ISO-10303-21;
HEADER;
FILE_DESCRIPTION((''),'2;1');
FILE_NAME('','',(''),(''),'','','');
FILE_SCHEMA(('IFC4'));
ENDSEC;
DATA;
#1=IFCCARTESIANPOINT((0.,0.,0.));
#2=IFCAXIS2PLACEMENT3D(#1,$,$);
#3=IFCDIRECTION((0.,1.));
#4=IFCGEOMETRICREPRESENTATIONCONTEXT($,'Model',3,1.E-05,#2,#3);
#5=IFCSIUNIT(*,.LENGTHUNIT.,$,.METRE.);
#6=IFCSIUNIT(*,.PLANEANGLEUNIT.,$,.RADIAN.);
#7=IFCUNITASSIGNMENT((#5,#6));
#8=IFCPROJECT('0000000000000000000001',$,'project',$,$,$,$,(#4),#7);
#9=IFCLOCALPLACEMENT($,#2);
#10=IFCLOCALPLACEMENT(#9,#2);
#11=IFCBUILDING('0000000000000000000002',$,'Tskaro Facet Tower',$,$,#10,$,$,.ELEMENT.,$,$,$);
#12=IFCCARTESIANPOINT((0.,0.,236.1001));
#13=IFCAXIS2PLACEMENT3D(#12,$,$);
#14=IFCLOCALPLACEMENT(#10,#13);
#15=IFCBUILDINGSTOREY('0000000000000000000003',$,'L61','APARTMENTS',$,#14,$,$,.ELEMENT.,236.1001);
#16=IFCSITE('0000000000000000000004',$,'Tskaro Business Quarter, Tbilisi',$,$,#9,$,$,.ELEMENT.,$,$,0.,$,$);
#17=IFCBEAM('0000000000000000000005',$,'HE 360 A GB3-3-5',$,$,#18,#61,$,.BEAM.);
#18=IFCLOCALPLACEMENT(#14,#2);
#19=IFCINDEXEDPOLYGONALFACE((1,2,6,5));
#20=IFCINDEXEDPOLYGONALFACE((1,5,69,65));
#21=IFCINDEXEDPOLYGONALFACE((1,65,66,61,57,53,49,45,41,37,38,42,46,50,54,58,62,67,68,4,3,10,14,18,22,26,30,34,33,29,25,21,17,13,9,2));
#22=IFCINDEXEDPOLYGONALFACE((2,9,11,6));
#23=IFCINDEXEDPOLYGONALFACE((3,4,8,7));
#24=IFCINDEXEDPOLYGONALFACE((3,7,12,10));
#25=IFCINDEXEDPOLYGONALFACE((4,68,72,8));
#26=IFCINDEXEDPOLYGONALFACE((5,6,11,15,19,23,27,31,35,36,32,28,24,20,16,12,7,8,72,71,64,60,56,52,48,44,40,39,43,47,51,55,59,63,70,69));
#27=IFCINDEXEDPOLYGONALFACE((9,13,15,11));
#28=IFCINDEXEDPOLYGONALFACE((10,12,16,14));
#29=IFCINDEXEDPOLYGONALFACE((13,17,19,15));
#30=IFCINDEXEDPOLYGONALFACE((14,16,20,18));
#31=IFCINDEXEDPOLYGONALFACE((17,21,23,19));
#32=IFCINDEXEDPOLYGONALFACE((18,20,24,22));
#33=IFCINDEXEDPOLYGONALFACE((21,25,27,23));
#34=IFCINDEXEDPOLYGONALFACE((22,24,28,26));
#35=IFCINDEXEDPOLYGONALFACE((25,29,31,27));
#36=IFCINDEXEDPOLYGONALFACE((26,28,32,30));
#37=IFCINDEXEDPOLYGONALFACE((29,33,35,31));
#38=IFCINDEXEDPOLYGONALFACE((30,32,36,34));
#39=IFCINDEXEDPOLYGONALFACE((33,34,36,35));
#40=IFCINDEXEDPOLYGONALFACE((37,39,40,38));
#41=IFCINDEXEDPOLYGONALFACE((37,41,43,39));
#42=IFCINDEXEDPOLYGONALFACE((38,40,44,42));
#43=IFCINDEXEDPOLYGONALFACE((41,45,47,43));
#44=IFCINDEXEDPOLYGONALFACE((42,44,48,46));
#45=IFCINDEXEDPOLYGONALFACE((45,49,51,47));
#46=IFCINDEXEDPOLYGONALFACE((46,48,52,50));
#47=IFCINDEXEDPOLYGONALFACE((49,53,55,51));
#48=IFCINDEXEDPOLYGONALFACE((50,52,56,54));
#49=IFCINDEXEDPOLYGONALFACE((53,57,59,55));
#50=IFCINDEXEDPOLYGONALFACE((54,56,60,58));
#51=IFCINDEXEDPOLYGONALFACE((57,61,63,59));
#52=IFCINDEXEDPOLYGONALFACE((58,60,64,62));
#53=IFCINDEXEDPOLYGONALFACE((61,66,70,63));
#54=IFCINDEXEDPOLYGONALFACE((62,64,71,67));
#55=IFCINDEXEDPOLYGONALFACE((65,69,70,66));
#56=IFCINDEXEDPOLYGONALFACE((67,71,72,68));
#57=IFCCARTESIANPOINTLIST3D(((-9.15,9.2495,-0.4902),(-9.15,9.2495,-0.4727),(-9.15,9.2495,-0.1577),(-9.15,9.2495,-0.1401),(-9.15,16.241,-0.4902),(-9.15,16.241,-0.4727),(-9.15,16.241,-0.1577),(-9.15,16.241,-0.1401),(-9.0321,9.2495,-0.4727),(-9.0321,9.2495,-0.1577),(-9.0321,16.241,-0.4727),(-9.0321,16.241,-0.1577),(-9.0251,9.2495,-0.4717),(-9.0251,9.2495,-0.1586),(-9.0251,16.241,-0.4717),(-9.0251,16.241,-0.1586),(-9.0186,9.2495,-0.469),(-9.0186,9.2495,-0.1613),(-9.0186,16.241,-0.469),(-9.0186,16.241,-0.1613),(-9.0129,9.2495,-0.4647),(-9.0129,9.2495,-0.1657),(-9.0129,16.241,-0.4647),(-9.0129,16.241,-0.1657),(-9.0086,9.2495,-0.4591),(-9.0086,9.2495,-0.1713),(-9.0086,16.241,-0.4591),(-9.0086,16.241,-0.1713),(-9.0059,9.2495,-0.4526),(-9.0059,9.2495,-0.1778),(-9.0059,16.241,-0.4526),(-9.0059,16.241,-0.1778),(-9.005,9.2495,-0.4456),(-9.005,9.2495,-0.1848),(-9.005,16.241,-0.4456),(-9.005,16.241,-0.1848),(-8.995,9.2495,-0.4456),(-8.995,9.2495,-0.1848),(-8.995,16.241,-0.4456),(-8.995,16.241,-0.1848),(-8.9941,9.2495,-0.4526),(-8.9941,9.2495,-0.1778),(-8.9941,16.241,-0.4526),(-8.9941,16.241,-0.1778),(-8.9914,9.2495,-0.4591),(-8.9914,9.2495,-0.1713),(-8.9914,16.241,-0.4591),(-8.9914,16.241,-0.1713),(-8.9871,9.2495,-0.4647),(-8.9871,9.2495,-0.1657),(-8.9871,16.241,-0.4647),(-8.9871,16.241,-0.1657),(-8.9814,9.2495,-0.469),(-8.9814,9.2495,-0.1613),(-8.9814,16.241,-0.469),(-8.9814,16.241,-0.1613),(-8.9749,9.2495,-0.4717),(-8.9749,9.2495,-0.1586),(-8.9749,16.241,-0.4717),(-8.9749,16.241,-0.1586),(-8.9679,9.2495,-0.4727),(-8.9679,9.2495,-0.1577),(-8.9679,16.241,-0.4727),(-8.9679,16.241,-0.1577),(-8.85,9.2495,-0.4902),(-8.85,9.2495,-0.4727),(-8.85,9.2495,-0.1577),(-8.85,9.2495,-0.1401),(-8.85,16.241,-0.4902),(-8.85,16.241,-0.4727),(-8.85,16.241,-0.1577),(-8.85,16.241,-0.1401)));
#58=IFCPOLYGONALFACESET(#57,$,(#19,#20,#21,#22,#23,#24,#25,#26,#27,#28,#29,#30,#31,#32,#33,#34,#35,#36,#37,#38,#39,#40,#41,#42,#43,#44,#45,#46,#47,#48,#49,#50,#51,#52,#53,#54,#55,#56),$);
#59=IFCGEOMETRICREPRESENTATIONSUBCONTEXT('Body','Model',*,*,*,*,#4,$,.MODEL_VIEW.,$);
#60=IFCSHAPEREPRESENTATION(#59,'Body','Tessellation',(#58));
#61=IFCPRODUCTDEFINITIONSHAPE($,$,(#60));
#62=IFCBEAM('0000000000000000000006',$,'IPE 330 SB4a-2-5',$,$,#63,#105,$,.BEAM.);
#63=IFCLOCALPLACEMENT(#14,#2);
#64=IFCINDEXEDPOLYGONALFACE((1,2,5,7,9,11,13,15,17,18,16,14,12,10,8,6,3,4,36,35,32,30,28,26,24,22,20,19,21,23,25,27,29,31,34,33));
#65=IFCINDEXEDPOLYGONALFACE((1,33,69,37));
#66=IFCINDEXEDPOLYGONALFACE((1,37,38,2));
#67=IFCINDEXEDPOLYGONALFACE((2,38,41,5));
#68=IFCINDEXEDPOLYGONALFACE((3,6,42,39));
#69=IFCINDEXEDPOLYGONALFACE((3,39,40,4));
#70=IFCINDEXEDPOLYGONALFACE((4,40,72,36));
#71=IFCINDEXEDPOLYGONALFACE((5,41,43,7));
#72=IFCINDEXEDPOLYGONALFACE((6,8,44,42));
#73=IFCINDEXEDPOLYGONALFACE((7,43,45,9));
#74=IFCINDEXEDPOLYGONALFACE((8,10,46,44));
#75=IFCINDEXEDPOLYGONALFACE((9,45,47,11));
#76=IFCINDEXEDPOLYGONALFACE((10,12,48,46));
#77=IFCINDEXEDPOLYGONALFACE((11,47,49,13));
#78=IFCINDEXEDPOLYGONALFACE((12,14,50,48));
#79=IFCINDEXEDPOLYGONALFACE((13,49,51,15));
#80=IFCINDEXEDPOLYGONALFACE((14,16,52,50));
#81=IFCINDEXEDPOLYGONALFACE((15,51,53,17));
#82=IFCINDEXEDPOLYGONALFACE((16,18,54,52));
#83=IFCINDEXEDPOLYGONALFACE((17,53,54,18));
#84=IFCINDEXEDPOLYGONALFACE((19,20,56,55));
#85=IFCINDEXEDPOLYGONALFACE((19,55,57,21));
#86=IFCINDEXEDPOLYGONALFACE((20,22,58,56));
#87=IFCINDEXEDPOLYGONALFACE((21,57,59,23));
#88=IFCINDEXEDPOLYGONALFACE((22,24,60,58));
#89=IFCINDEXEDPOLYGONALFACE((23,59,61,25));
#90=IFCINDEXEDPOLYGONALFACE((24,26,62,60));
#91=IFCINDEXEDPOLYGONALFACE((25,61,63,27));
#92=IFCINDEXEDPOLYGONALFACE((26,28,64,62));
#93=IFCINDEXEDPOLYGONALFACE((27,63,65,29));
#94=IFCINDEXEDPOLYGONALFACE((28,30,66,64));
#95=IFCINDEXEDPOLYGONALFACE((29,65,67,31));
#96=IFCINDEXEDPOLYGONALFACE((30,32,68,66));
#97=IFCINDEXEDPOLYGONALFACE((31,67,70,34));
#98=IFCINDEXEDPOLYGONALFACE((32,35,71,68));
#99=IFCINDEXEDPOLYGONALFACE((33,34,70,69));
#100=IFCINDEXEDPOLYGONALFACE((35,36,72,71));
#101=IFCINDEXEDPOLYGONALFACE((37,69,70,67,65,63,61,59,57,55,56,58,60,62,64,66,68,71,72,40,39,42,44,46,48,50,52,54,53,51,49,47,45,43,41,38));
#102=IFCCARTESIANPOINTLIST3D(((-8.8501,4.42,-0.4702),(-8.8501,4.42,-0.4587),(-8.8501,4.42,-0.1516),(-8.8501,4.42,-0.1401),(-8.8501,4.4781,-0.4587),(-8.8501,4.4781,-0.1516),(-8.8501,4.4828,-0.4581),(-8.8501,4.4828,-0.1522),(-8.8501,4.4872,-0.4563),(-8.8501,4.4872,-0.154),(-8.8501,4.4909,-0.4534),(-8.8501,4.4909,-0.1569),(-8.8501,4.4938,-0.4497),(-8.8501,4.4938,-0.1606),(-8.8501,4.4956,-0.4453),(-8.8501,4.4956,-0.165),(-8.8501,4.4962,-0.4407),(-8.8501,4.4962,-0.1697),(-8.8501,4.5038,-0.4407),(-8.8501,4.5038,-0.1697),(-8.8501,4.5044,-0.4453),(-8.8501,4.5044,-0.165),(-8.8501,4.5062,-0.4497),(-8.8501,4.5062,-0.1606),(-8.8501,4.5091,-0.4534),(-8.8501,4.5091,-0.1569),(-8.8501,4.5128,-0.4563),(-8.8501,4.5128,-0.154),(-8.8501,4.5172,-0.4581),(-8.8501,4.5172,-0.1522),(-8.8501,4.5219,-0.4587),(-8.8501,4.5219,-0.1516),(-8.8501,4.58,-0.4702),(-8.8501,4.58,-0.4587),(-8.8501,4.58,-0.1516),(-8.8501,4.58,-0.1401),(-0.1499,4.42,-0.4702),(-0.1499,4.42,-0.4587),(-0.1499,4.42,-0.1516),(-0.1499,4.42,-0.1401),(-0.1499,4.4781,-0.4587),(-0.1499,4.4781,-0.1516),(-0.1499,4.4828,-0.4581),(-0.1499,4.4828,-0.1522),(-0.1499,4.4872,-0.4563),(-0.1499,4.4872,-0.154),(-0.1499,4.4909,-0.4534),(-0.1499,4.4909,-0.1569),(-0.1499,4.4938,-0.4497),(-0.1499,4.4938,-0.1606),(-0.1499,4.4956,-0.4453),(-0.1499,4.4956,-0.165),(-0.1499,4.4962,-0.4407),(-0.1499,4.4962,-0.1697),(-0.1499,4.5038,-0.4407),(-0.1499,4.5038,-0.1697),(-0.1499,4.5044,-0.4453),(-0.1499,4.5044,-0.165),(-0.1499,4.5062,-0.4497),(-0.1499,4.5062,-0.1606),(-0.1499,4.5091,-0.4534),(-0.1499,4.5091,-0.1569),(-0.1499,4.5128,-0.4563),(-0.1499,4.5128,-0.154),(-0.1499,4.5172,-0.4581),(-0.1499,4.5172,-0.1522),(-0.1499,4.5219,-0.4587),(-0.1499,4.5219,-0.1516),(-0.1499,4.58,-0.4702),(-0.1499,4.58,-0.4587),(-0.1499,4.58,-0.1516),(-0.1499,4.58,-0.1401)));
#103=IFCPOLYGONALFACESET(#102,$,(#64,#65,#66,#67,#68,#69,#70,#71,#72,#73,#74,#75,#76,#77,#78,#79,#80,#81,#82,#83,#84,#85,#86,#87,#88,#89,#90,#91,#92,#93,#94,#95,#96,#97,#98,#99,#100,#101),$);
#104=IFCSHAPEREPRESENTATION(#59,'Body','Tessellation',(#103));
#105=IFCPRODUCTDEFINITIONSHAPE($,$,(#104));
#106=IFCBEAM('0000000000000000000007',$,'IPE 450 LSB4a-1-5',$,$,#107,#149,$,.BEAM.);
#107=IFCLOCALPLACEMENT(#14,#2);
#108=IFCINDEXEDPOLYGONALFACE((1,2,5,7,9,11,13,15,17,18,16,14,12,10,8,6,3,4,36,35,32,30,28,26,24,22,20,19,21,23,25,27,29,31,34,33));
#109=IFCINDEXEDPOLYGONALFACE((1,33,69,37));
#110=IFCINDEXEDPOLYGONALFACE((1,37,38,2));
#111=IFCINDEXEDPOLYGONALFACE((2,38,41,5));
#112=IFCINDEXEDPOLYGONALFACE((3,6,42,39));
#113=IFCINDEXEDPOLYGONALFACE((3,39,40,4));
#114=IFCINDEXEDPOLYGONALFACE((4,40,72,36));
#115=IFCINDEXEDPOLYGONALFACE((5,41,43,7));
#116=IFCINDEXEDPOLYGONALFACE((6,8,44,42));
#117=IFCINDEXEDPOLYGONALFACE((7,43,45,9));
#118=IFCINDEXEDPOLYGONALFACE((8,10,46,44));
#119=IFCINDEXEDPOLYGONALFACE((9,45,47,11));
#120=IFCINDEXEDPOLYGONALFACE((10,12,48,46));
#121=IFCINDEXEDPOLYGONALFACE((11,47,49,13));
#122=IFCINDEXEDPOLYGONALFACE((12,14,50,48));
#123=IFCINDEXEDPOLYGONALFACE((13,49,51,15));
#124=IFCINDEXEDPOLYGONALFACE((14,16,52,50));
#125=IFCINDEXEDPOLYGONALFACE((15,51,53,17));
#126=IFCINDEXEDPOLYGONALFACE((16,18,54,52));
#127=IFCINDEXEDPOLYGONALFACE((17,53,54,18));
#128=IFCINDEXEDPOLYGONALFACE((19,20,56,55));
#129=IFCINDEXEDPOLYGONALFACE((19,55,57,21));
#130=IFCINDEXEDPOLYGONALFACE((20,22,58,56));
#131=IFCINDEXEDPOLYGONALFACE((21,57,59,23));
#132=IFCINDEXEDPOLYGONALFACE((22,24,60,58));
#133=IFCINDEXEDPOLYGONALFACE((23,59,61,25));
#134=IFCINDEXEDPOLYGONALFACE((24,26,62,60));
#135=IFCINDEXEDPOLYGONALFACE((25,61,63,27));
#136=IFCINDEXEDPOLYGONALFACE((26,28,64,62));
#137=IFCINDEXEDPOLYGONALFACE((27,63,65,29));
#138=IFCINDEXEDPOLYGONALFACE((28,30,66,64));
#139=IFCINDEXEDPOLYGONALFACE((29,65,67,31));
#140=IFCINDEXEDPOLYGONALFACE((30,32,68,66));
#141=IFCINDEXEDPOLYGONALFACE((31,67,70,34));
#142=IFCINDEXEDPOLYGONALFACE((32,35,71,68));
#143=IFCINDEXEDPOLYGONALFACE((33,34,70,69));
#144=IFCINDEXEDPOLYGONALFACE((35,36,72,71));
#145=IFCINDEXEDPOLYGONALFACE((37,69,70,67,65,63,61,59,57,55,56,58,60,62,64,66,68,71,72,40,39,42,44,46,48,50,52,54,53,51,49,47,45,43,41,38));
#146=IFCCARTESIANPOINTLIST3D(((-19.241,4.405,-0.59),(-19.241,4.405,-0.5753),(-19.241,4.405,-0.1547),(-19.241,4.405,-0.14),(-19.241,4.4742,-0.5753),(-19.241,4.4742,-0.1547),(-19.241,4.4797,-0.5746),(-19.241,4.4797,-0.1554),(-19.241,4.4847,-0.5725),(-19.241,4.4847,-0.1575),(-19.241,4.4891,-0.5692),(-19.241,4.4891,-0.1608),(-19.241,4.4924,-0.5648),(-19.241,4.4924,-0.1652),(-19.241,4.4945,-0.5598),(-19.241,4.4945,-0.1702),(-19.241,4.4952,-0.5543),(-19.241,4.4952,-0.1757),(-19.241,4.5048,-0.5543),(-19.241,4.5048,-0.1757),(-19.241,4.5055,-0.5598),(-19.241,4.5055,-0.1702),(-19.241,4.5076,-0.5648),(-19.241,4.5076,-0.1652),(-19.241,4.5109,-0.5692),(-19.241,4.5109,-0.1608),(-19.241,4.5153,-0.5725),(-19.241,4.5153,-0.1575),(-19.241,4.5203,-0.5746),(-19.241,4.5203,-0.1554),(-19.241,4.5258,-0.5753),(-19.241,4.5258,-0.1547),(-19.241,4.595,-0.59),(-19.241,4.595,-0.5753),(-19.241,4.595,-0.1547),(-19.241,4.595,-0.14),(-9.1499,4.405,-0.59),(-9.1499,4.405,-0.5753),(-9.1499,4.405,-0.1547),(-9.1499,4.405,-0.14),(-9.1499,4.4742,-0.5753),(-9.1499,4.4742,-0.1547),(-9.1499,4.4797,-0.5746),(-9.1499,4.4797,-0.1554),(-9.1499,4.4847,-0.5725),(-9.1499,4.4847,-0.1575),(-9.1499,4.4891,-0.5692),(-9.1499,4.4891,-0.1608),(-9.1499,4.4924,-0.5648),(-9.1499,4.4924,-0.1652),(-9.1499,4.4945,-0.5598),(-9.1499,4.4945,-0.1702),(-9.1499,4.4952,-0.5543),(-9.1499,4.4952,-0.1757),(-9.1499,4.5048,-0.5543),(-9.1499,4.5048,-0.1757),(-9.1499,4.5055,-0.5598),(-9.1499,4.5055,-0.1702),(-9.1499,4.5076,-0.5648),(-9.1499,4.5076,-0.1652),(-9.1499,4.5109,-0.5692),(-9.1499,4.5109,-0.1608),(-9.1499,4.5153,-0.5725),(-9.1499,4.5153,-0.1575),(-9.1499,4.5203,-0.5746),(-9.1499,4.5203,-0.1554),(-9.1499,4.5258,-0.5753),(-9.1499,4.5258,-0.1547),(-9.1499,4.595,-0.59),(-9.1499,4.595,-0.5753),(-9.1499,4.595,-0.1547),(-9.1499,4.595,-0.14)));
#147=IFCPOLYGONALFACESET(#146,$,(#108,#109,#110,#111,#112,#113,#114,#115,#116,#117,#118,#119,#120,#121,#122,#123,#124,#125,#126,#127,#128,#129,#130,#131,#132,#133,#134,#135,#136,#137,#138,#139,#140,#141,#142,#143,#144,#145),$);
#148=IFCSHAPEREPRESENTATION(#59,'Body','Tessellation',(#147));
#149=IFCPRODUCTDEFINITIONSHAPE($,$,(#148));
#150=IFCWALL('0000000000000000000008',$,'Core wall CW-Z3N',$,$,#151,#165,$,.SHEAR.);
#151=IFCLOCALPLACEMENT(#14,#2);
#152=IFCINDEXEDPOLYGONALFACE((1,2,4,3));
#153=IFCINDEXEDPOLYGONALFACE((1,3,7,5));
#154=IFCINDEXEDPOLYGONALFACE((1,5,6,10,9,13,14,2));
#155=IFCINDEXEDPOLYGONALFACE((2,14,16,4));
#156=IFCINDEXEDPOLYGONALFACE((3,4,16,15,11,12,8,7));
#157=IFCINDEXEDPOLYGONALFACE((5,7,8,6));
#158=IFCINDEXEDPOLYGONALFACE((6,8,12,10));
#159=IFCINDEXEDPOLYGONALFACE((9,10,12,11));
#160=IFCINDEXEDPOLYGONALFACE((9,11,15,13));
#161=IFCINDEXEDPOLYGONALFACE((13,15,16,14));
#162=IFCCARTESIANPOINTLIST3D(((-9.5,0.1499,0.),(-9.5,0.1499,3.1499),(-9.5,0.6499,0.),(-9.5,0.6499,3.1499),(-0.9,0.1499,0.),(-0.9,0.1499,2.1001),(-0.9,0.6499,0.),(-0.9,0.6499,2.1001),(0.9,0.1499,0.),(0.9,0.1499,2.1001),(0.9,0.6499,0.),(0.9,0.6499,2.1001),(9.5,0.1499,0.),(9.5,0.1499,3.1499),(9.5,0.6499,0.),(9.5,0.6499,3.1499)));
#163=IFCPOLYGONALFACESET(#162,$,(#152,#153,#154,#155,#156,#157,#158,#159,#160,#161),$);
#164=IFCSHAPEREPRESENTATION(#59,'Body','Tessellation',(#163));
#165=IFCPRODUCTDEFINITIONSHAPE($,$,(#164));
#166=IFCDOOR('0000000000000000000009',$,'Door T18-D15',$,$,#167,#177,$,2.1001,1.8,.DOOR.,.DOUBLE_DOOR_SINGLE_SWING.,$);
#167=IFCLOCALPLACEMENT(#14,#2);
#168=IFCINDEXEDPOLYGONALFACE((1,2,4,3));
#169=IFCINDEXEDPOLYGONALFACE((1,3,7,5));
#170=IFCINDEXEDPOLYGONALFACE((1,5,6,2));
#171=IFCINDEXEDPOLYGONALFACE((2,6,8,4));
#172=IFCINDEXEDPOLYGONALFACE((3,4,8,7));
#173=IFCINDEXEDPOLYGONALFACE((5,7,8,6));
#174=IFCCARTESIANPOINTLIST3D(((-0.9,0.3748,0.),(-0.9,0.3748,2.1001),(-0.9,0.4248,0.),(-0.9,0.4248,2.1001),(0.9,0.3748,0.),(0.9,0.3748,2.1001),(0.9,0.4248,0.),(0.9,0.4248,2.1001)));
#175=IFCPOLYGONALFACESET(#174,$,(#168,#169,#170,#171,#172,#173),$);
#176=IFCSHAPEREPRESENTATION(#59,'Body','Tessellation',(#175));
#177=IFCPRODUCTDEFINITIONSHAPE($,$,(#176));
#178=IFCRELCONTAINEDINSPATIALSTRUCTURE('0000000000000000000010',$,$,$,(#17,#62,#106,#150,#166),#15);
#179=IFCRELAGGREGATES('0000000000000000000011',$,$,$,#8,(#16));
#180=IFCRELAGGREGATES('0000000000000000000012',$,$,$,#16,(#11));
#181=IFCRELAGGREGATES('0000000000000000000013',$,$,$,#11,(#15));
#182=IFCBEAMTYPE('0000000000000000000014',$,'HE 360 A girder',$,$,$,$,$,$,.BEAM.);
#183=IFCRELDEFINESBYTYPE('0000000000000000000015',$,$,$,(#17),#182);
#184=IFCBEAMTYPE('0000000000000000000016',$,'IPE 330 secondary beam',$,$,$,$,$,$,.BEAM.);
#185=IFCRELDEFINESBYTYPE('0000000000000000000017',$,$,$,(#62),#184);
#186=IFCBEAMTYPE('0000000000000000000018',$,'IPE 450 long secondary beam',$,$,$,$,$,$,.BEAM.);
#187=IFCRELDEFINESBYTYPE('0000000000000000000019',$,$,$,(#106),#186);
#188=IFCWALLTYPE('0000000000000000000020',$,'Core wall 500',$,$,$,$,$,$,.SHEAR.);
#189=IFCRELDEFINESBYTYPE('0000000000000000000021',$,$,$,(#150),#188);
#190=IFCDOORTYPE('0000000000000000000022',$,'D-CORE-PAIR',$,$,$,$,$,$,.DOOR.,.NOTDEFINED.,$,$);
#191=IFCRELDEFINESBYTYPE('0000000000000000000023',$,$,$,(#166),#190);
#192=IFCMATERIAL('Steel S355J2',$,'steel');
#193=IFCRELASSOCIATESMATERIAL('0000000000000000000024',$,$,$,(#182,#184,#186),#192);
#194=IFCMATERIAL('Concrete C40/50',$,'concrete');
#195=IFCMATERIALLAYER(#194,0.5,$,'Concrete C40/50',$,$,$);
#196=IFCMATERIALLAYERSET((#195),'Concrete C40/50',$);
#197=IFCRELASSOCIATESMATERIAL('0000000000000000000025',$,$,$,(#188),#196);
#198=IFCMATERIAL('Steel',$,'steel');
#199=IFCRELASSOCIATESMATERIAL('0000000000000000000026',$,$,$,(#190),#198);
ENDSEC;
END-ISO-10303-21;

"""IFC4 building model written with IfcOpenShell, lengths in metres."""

from ifc_helpers import new_model, si_unit, direction, frame, frame_2d, origin, origin_2d, place, context, subcontext, project, spatial, rectangle, i_section, extrude, material, layer, layer_set, material_profile, profile_set, type_object, element, fill, save


model = new_model("IFC4")

# Units and contexts
model_context = context("Model", 3, precision=1e-05, world=origin(), true_north=direction((0.0, 1.0)))
body_context = subcontext(model_context, "Body", "Model", "MODEL_VIEW")
ifc_project = project(units=[si_unit("LENGTHUNIT", "METRE"), si_unit("PLANEANGLEUNIT", "RADIAN")], contexts=[model_context])

# Site, building, storey
site_placement = place(None, origin())
site = spatial("IfcSite", under=ifc_project, at=site_placement, Name="Tskaro Business Quarter, Tbilisi", CompositionType="ELEMENT", RefElevation=0.0)
building_placement = place(site_placement, origin())
building = spatial("IfcBuilding", under=site, at=building_placement, Name="Tskaro Facet Tower", CompositionType="ELEMENT")
storey_placement = place(building_placement, frame((0.0, 0.0, 236.1001)))
storey = spatial("IfcBuildingStorey", under=building, at=storey_placement, Name="L61", Description="APARTMENTS", CompositionType="ELEMENT", Elevation=236.1001)

# Beams
ifc_material_1 = material(Name="Steel S355J2", Category="steel")
ifc_material_profile_1 = material_profile(ifc_material_1, i_section(OverallWidth=0.3, OverallDepth=0.3501, WebThickness=0.01, FlangeThickness=0.0176, FilletRadius=0.0271, at=origin_2d()), Name="HE 360 A")
ifc_profile_set_1 = profile_set([ifc_material_profile_1], Name="Steel S355J2")
beam_type_1 = type_object("IfcBeamType", Name="HE 360 A girder", PredefinedType="BEAM", material=ifc_profile_set_1)
beam_1_placement = place(storey_placement, frame((-9.0, 9.2495, -0.3152), z_axis=(0.0, 1.0, 0.0), x_axis=(-1.0, 0.0, 0.0)))
element("IfcBeam", 1, at=beam_1_placement, inside=storey, type_object=beam_type_1, Name="HE 360 A GB3-3-5", PredefinedType="BEAM", context=body_context, shape_type="SweptSolid", body=[
    extrude(i_section(OverallWidth=0.3, OverallDepth=0.3501, WebThickness=0.01, FlangeThickness=0.0176, FilletRadius=0.0271, at=origin_2d()), origin(), (0.0, 0.0, 1.0), 6.9915),
])
ifc_material_profile_2 = material_profile(ifc_material_1, i_section(OverallWidth=0.1599, OverallDepth=0.3301, WebThickness=0.0076, FlangeThickness=0.0115, FilletRadius=0.0181, at=origin_2d()), Name="IPE 330")
ifc_profile_set_2 = profile_set([ifc_material_profile_2], Name="Steel S355J2")
beam_type_2 = type_object("IfcBeamType", Name="IPE 330 secondary beam", PredefinedType="BEAM", material=ifc_profile_set_2)
beam_2_placement = place(storey_placement, frame((-8.8501, 4.5, -0.3052), z_axis=(1.0, 0.0, 0.0), x_axis=(0.0, 1.0, 0.0)))
element("IfcBeam", 2, at=beam_2_placement, inside=storey, type_object=beam_type_2, Name="IPE 330 SB4a-2-5", PredefinedType="BEAM", context=body_context, shape_type="SweptSolid", body=[
    extrude(i_section(OverallWidth=0.1599, OverallDepth=0.3301, WebThickness=0.0076, FlangeThickness=0.0115, FilletRadius=0.0181, at=origin_2d()), origin(), (0.0, 0.0, 1.0), 8.7002),
])
ifc_material_profile_3 = material_profile(ifc_material_1, i_section(OverallWidth=0.1899, OverallDepth=0.45, WebThickness=0.0095, FlangeThickness=0.0146, FilletRadius=0.021, at=origin_2d()), Name="IPE 450")
ifc_profile_set_3 = profile_set([ifc_material_profile_3], Name="Steel S355J2")
beam_type_3 = type_object("IfcBeamType", Name="IPE 450 long secondary beam", PredefinedType="BEAM", material=ifc_profile_set_3)
beam_3_placement = place(storey_placement, frame((-19.241, 4.5, -0.365), z_axis=(1.0, 0.0, 0.0), x_axis=(0.0, 1.0, 0.0)))
element("IfcBeam", 3, at=beam_3_placement, inside=storey, type_object=beam_type_3, Name="IPE 450 LSB4a-1-5", PredefinedType="BEAM", context=body_context, shape_type="SweptSolid", body=[
    extrude(i_section(OverallWidth=0.1899, OverallDepth=0.45, WebThickness=0.0095, FlangeThickness=0.0146, FilletRadius=0.021, at=origin_2d()), origin(), (0.0, 0.0, 1.0), 10.0911),
])

# Wall, opening, door
ifc_material_2 = material(Name="Concrete C40/50", Category="concrete")
ifc_layer_1 = layer(ifc_material_2, 0.5, Name="Concrete C40/50")
ifc_layer_set_1 = layer_set([ifc_layer_1], Name="Concrete C40/50")
wall_type_1 = type_object("IfcWallType", Name="Core wall 500", PredefinedType="SHEAR", material=ifc_layer_set_1)
wall_1_placement = place(storey_placement, frame((-9.5, 0.3999, 0.0), z_axis=(0.0, 0.0, 1.0), x_axis=(1.0, 0.0, 0.0)))
wall_1 = element("IfcWall", 4, at=wall_1_placement, inside=storey, type_object=wall_type_1, Name="Core wall CW-Z3N", PredefinedType="SHEAR", context=body_context, shape_type="SweptSolid", body=[
    extrude(rectangle(XDim=19.0, YDim=0.5, at=frame_2d((9.5, 0.0))), origin(), (0.0, 0.0, 1.0), 3.1499),
])
opening_1_placement = place(wall_1_placement, frame((8.6001, 0.0, 0.0)))
opening_1 = element("IfcOpeningElement", 5, at=opening_1_placement, cuts=wall_1, PredefinedType="OPENING", context=body_context, shape_type="SweptSolid", body=[
    extrude(rectangle(XDim=1.8, YDim=2.1001, at=frame_2d((0.8999, 1.05))), frame((0.0, 0.26, 0.0), z_axis=(0.0, -1.0, 0.0), x_axis=(1.0, 0.0, 0.0)), (0.0, 0.0, 1.0), 0.52),
])
ifc_material_3 = material(Name="Steel", Category="steel")
door_type_1 = type_object("IfcDoorType", Name="D-CORE-PAIR", OperationType="NOTDEFINED", PredefinedType="DOOR", material=ifc_material_3)
door_1_placement = place(opening_1_placement, origin())
door_1 = element("IfcDoor", 6, at=door_1_placement, inside=storey, type_object=door_type_1, Name="Door T18-D15", OperationType="DOUBLE_DOOR_SINGLE_SWING", OverallHeight=2.1001, OverallWidth=1.8, PredefinedType="DOOR", context=body_context, shape_type="SweptSolid", body=[
    extrude(rectangle(XDim=1.8, YDim=2.1001, at=frame_2d((0.8999, 1.05))), frame((0.0, 0.0249, 0.0), z_axis=(0.0, -1.0, 0.0), x_axis=(1.0, 0.0, 0.0)), (0.0, 0.0, 1.0), 0.05),
])
fill(opening_1, door_1)

save(model, "model.ifc")
